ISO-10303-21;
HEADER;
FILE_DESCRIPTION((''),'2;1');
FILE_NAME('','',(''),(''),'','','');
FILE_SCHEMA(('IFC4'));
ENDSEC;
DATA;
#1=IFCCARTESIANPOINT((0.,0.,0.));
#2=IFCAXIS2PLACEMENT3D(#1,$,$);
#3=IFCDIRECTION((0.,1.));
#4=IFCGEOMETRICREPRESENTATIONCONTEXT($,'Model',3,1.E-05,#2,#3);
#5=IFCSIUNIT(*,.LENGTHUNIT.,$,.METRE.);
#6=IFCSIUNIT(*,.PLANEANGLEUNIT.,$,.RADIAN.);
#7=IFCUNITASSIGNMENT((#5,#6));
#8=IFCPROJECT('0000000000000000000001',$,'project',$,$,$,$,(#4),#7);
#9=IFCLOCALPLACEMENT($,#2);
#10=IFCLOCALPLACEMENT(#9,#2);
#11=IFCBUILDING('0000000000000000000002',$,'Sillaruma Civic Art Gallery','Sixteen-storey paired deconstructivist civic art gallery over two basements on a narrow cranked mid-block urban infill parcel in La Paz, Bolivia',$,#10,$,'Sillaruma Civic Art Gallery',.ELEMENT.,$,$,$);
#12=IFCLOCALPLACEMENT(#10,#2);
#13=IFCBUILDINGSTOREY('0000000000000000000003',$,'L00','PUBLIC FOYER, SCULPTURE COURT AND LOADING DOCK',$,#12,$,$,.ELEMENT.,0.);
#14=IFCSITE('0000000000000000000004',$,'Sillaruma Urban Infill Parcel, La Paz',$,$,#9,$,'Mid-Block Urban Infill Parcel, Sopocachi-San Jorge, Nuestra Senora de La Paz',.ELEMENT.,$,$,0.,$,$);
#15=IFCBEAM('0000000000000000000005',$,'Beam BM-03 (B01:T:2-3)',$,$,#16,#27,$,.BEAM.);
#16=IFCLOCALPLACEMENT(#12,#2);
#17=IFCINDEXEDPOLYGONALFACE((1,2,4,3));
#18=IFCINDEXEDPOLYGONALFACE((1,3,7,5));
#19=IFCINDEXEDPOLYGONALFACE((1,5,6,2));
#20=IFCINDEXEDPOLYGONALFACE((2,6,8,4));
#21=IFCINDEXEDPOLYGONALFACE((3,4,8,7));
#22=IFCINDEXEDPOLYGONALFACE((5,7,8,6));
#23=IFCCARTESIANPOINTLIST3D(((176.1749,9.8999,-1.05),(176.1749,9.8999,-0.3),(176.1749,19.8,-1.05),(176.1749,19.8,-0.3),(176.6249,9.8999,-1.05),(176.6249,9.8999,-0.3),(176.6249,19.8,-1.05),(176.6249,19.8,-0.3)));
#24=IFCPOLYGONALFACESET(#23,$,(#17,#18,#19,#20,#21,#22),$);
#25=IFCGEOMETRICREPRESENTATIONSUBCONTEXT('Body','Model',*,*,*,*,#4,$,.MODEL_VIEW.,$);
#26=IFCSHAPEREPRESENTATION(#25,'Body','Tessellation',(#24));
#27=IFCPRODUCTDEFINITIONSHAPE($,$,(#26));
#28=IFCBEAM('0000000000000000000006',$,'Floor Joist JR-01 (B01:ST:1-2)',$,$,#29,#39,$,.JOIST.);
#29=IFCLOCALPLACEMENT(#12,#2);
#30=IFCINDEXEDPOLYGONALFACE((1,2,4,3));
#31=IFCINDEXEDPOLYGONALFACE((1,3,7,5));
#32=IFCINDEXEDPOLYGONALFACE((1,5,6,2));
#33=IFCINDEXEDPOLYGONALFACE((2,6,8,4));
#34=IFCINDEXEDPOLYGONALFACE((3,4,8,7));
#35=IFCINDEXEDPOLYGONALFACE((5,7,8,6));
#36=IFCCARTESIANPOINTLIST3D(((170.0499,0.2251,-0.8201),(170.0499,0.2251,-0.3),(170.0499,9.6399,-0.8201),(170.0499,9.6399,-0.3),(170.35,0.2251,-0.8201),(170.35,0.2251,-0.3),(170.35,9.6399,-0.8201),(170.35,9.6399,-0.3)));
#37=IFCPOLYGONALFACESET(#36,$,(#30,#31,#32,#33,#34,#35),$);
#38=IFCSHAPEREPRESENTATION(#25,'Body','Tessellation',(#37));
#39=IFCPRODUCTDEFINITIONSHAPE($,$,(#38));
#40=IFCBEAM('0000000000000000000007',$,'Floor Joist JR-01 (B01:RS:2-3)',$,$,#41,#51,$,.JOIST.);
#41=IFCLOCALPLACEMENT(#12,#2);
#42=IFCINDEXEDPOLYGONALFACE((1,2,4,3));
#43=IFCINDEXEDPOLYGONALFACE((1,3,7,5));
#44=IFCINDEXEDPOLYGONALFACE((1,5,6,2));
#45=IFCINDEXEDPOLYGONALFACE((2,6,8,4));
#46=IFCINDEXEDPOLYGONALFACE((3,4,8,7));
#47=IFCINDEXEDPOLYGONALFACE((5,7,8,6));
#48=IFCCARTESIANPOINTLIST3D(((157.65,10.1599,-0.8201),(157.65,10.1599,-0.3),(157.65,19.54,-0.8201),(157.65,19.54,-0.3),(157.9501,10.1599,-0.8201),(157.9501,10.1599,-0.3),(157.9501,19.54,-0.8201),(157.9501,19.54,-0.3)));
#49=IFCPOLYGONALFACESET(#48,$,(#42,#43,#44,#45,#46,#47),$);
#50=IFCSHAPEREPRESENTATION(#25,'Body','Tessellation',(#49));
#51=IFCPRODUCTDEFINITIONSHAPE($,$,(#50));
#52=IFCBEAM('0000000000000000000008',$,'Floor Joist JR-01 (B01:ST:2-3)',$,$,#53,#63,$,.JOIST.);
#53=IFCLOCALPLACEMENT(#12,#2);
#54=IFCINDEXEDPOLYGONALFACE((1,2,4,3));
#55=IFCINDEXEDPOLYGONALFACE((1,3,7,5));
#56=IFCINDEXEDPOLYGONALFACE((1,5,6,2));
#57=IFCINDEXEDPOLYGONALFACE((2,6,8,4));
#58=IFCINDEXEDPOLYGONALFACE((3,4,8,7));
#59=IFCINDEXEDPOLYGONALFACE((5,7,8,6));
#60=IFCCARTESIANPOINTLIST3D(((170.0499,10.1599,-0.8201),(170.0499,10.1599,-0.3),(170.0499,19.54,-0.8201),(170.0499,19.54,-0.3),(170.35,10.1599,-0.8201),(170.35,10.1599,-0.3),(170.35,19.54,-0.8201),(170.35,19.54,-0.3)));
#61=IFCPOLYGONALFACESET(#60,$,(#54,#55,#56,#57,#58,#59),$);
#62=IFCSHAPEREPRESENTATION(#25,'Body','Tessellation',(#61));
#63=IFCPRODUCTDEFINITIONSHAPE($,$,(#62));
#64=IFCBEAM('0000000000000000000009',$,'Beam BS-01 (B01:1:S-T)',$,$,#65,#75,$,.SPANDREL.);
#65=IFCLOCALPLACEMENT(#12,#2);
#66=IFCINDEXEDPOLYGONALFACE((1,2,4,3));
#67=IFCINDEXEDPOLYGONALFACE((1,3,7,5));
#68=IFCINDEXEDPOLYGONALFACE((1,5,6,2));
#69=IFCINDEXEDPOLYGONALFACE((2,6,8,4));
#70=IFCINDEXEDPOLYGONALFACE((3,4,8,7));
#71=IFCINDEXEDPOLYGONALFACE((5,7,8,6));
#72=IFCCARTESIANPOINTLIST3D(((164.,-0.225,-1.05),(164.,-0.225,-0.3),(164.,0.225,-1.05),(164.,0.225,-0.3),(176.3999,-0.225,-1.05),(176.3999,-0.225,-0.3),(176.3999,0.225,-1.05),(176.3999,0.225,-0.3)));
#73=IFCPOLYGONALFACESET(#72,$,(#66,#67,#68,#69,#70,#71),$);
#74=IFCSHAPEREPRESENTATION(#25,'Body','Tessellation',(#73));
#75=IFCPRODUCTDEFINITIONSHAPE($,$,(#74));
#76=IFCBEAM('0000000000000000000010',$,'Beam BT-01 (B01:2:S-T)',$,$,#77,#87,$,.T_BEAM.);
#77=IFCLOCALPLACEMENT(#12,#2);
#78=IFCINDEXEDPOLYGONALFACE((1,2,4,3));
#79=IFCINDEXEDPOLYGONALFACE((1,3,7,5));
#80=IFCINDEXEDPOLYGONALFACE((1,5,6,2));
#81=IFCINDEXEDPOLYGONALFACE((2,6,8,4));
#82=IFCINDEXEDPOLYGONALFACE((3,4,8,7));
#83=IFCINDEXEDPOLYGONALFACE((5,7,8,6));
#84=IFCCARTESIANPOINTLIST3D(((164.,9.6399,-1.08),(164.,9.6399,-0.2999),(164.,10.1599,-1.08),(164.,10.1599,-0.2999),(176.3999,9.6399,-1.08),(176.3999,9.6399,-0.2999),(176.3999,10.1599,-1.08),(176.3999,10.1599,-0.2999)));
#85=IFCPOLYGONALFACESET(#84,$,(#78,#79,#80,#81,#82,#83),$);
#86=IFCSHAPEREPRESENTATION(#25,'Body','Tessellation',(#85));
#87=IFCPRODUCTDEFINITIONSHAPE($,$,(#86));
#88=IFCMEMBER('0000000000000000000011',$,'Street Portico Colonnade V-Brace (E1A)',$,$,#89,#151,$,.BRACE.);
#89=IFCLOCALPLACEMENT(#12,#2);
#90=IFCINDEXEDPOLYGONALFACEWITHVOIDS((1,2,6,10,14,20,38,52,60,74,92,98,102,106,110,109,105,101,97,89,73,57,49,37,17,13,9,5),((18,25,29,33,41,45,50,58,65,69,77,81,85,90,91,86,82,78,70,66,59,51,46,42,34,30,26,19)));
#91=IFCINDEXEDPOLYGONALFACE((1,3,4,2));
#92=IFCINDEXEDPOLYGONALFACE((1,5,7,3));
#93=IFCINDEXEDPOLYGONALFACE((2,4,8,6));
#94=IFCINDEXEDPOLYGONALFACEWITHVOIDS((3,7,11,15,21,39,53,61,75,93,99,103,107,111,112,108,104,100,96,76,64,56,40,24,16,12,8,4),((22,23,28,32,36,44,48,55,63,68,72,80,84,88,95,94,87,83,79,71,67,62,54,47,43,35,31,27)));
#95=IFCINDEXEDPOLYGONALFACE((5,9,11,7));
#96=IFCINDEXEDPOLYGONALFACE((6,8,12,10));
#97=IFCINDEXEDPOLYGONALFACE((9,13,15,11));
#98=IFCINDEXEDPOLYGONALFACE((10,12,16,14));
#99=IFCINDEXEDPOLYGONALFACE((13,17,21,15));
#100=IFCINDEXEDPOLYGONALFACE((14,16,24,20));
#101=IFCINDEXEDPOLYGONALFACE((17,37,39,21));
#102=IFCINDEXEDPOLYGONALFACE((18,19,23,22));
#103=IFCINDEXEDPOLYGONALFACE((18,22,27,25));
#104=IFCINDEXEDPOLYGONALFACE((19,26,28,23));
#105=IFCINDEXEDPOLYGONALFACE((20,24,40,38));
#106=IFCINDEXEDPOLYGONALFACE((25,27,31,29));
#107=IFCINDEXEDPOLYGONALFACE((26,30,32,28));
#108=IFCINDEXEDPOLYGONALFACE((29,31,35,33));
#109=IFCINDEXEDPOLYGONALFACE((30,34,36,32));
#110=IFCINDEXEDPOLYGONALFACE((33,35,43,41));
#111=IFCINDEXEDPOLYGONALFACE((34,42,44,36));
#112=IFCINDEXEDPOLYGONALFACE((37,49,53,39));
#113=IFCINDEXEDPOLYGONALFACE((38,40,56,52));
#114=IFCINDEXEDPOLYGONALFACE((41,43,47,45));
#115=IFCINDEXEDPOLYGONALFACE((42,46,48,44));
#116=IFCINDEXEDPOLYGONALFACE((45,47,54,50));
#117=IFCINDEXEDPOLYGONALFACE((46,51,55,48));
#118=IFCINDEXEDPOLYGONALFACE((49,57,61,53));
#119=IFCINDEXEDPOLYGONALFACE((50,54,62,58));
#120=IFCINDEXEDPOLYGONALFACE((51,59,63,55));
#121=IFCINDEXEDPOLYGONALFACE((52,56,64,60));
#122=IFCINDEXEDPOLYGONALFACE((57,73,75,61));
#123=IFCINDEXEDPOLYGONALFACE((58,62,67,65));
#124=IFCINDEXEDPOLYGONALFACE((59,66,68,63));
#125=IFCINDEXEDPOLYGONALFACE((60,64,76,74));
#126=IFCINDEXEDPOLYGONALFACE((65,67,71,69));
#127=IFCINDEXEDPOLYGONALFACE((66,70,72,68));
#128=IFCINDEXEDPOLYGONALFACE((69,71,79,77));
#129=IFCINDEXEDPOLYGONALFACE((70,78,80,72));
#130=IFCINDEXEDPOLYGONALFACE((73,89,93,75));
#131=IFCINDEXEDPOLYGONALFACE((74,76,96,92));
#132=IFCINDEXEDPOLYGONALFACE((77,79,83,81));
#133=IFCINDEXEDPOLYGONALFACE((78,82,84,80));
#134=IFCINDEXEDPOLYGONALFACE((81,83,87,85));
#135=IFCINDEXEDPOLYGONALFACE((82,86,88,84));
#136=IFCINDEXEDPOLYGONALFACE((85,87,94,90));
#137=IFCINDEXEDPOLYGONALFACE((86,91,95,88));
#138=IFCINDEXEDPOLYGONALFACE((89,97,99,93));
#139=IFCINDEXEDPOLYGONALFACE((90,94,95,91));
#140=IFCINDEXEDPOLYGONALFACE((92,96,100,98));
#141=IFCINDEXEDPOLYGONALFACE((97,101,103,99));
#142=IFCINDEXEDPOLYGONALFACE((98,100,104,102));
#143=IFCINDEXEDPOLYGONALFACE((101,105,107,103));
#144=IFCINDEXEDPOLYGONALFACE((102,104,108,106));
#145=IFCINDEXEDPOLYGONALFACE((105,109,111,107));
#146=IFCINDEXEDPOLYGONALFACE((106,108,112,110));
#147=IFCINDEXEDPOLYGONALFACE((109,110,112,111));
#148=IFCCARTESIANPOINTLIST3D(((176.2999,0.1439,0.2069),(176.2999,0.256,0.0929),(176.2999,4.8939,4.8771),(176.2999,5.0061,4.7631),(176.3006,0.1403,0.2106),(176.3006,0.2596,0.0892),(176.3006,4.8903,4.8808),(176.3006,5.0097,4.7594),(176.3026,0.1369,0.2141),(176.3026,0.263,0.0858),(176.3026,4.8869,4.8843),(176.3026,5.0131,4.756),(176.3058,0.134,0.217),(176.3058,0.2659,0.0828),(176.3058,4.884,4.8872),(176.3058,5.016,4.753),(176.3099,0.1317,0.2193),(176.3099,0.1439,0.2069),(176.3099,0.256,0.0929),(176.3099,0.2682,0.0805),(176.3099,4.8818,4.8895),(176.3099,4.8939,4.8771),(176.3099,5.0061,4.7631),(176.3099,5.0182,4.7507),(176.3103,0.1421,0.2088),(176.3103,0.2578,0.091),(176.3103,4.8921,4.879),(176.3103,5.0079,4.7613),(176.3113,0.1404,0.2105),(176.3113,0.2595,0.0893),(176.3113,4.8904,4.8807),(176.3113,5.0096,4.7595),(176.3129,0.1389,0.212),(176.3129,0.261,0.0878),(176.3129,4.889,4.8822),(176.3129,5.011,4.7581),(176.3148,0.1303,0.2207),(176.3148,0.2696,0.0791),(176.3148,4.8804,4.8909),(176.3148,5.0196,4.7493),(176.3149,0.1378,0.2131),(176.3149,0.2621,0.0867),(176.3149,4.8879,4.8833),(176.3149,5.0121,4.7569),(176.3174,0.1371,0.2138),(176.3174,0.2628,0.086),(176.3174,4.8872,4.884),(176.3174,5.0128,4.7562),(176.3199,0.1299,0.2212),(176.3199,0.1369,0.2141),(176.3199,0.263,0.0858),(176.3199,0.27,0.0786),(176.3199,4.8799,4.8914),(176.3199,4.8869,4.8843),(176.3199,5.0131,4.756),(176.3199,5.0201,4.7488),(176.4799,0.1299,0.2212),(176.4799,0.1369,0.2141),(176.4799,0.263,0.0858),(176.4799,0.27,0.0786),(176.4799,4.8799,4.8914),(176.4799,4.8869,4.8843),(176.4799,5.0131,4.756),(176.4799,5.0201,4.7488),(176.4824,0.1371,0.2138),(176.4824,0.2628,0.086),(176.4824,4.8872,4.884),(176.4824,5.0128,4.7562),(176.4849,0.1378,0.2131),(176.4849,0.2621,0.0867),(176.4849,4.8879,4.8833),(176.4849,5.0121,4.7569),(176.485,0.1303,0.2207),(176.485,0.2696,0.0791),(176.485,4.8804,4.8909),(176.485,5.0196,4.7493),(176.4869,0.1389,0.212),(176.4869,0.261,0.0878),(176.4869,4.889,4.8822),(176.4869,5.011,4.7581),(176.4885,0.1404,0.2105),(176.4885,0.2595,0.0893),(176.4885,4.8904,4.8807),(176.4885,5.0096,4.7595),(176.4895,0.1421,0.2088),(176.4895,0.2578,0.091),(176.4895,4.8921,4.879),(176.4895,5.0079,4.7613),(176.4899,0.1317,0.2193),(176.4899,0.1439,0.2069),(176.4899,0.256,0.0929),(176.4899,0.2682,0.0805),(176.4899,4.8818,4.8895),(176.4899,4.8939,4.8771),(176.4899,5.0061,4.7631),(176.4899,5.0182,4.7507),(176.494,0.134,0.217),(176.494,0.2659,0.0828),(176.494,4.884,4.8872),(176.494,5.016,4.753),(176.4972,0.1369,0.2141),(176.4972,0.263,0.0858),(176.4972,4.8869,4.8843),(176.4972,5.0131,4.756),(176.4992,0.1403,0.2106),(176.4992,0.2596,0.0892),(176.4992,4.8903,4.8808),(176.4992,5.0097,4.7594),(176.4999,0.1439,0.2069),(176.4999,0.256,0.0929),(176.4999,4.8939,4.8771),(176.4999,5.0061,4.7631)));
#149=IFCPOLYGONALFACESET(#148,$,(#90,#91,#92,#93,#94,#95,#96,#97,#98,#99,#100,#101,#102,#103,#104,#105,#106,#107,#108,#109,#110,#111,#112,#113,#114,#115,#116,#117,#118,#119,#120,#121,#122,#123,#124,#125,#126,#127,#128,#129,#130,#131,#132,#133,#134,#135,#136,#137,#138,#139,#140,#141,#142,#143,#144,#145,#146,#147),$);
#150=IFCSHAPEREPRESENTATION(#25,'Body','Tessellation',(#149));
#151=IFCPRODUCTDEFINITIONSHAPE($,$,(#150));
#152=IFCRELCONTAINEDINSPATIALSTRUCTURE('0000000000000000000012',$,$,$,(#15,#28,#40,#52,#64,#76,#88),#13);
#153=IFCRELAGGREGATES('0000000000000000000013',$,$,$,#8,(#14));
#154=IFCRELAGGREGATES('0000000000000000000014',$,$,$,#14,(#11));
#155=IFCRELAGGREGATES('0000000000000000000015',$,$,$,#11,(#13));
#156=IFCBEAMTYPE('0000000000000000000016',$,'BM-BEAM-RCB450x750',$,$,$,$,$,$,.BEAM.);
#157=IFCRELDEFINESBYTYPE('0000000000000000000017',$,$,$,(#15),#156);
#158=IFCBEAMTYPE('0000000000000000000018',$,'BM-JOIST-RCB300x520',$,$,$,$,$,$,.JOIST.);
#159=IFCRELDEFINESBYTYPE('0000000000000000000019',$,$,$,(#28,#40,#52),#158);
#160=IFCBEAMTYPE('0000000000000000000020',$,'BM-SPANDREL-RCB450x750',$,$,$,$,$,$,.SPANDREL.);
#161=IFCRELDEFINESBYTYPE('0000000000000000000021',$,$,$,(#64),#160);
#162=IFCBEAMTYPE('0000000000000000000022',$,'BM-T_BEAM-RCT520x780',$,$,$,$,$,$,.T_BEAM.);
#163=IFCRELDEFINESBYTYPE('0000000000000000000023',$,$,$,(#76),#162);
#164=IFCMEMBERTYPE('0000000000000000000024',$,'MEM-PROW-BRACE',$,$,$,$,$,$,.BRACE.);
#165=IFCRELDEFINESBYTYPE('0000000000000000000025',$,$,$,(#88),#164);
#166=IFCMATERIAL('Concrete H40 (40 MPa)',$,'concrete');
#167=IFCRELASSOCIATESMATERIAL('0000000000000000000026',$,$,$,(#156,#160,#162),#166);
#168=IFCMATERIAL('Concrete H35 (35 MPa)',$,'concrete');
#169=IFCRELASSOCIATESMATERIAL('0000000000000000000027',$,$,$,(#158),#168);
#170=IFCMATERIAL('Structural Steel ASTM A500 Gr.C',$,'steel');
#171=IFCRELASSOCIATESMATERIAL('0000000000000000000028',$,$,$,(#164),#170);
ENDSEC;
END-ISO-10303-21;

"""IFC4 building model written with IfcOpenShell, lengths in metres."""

from ifc_helpers import new_model, si_unit, direction, frame, origin, origin_2d, place, context, subcontext, project, spatial, rectangle, hollow_rectangle, extrude, material, material_profile, profile_set, type_object, element, save


model = new_model("IFC4")

# Units and contexts
model_context = context("Model", 3, precision=1e-05, world=origin(), true_north=direction((0.0, 1.0)))
body_context = subcontext(model_context, "Body", "Model", "MODEL_VIEW")
ifc_project = project(units=[si_unit("LENGTHUNIT", "METRE"), si_unit("PLANEANGLEUNIT", "RADIAN")], contexts=[model_context])

# Site, building, storey
site_placement = place(None, origin())
site = spatial("IfcSite", under=ifc_project, at=site_placement, Name="Sillaruma Urban Infill Parcel, La Paz", LongName="Mid-Block Urban Infill Parcel, Sopocachi-San Jorge, Nuestra Senora de La Paz", CompositionType="ELEMENT", RefElevation=0.0)
building_placement = place(site_placement, origin())
building = spatial("IfcBuilding", under=site, at=building_placement, Name="Sillaruma Civic Art Gallery", Description="Sixteen-storey paired deconstructivist civic art gallery over two basements on a narrow cranked mid-block urban infill parcel in La Paz, Bolivia", LongName="Sillaruma Civic Art Gallery", CompositionType="ELEMENT")
storey_placement = place(building_placement, origin())
storey = spatial("IfcBuildingStorey", under=building, at=storey_placement, Name="L00", Description="PUBLIC FOYER, SCULPTURE COURT AND LOADING DOCK", CompositionType="ELEMENT", Elevation=0.0)

# Shared definitions
ifc_material_1 = material(Name="Concrete H40 (40 MPa)", Category="concrete")

# Beams
ifc_material_2 = material(Name="Concrete H35 (35 MPa)", Category="concrete")
ifc_material_profile_1 = material_profile(ifc_material_1, rectangle(XDim=0.45, YDim=0.75, at=origin_2d()), Name="RCB450x750")
ifc_profile_set_1 = profile_set([ifc_material_profile_1], Name="Concrete H40 (40 MPa)")
beam_type_1 = type_object("IfcBeamType", Name="BM-BEAM-RCB450x750", PredefinedType="BEAM", material=ifc_profile_set_1)
beam_1_placement = place(storey_placement, frame((176.3999, 9.8999, -0.675), z_axis=(0.0, 1.0, 0.0), x_axis=(-1.0, 0.0, 0.0)))
element("IfcBeam", 1, at=beam_1_placement, inside=storey, type_object=beam_type_1, Name="Beam BM-03 (B01:T:2-3)", PredefinedType="BEAM", context=body_context, shape_type="SweptSolid", body=[
    extrude(rectangle(XDim=0.45, YDim=0.75, at=origin_2d()), origin(), (0.0, 0.0, 1.0), 9.9001),
])
ifc_material_profile_2 = material_profile(ifc_material_2, rectangle(XDim=0.3, YDim=0.52, at=origin_2d()), Name="RCB300x520")
ifc_profile_set_2 = profile_set([ifc_material_profile_2], Name="Concrete H35 (35 MPa)")
beam_type_2 = type_object("IfcBeamType", Name="BM-JOIST-RCB300x520", PredefinedType="JOIST", material=ifc_profile_set_2)
beam_2_placement = place(storey_placement, frame((170.2, 0.2251, -0.5601), z_axis=(0.0, 1.0, 0.0), x_axis=(-1.0, 0.0, 0.0)))
element("IfcBeam", 2, at=beam_2_placement, inside=storey, type_object=beam_type_2, Name="Floor Joist JR-01 (B01:ST:1-2)", PredefinedType="JOIST", context=body_context, shape_type="SweptSolid", body=[
    extrude(rectangle(XDim=0.3, YDim=0.52, at=origin_2d()), origin(), (0.0, 0.0, 1.0), 9.4148),
])
for number, where, z_axis, x_axis, name in (
    (3, (157.8, 10.1599, -0.5601), (0.0, 1.0, 0.0), (-1.0, 0.0, 0.0), "Floor Joist JR-01 (B01:RS:2-3)"),
    (4, (170.2, 10.1599, -0.5601), (0.0, 1.0, 0.0), (-1.0, 0.0, 0.0), "Floor Joist JR-01 (B01:ST:2-3)"),
):
    element("IfcBeam", number, at=place(storey_placement, frame(where, z_axis=z_axis, x_axis=x_axis)), inside=storey, type_object=beam_type_2, Name=name, PredefinedType="JOIST", context=body_context, shape_type="SweptSolid", body=[
        extrude(rectangle(XDim=0.3, YDim=0.52, at=origin_2d()), origin(), (0.0, 0.0, 1.0), 9.3801),
    ])
ifc_material_profile_3 = material_profile(ifc_material_1, rectangle(XDim=0.45, YDim=0.75, at=origin_2d()), Name="RCB450x750")
ifc_profile_set_3 = profile_set([ifc_material_profile_3], Name="Concrete H40 (40 MPa)")
beam_type_3 = type_object("IfcBeamType", Name="BM-SPANDREL-RCB450x750", PredefinedType="SPANDREL", material=ifc_profile_set_3)
beam_3_placement = place(storey_placement, frame((164.0, 0.0, -0.675), z_axis=(1.0, 0.0, 0.0), x_axis=(0.0, 1.0, 0.0)))
element("IfcBeam", 5, at=beam_3_placement, inside=storey, type_object=beam_type_3, Name="Beam BS-01 (B01:1:S-T)", PredefinedType="SPANDREL", context=body_context, shape_type="SweptSolid", body=[
    extrude(rectangle(XDim=0.45, YDim=0.75, at=origin_2d()), origin(), (0.0, 0.0, 1.0), 12.3999),
])
ifc_material_profile_4 = material_profile(ifc_material_1, rectangle(XDim=0.52, YDim=0.78, at=origin_2d()), Name="RCT520x780")
ifc_profile_set_4 = profile_set([ifc_material_profile_4], Name="Concrete H40 (40 MPa)")
beam_type_4 = type_object("IfcBeamType", Name="BM-T_BEAM-RCT520x780", PredefinedType="T_BEAM", material=ifc_profile_set_4)
beam_4_placement = place(storey_placement, frame((164.0, 9.8999, -0.6899), z_axis=(1.0, 0.0, 0.0), x_axis=(0.0, 1.0, 0.0)))
element("IfcBeam", 6, at=beam_4_placement, inside=storey, type_object=beam_type_4, Name="Beam BT-01 (B01:2:S-T)", PredefinedType="T_BEAM", context=body_context, shape_type="SweptSolid", body=[
    extrude(rectangle(XDim=0.52, YDim=0.78, at=origin_2d()), origin(), (0.0, 0.0, 1.0), 12.3999),
])

# Member
ifc_material_3 = material(Name="Structural Steel ASTM A500 Gr.C", Category="steel")
ifc_material_profile_5 = material_profile(ifc_material_3, hollow_rectangle(XDim=0.2, YDim=0.2, WallThickness=0.01, InnerFilletRadius=0.01, OuterFilletRadius=0.02, at=origin_2d()), Name="HSS200x200x10")
ifc_profile_set_5 = profile_set([ifc_material_profile_5], Name="Structural Steel ASTM A500 Gr.C")
member_type = type_object("IfcMemberType", Name="MEM-PROW-BRACE", PredefinedType="BRACE", material=ifc_profile_set_5)
for number, where, z_axis, x_axis, name in (
    (7, (176.3999, 0.2, 0.1499), (0.0, 0.713074, 0.701089), (-1.0, 0.0, 0.0), "Street Portico Colonnade V-Brace (E1A)"),
):
    element("IfcMember", number, at=place(storey_placement, frame(where, z_axis=z_axis, x_axis=x_axis)), inside=storey, type_object=member_type, Name=name, PredefinedType="BRACE", context=body_context, shape_type="SweptSolid", body=[
        extrude(hollow_rectangle(XDim=0.2, YDim=0.2, WallThickness=0.01, InnerFilletRadius=0.01, OuterFilletRadius=0.02, at=origin_2d()), origin(), (0.0, 0.0, 1.0), 6.6614),
    ])

save(model, "model.ifc")
